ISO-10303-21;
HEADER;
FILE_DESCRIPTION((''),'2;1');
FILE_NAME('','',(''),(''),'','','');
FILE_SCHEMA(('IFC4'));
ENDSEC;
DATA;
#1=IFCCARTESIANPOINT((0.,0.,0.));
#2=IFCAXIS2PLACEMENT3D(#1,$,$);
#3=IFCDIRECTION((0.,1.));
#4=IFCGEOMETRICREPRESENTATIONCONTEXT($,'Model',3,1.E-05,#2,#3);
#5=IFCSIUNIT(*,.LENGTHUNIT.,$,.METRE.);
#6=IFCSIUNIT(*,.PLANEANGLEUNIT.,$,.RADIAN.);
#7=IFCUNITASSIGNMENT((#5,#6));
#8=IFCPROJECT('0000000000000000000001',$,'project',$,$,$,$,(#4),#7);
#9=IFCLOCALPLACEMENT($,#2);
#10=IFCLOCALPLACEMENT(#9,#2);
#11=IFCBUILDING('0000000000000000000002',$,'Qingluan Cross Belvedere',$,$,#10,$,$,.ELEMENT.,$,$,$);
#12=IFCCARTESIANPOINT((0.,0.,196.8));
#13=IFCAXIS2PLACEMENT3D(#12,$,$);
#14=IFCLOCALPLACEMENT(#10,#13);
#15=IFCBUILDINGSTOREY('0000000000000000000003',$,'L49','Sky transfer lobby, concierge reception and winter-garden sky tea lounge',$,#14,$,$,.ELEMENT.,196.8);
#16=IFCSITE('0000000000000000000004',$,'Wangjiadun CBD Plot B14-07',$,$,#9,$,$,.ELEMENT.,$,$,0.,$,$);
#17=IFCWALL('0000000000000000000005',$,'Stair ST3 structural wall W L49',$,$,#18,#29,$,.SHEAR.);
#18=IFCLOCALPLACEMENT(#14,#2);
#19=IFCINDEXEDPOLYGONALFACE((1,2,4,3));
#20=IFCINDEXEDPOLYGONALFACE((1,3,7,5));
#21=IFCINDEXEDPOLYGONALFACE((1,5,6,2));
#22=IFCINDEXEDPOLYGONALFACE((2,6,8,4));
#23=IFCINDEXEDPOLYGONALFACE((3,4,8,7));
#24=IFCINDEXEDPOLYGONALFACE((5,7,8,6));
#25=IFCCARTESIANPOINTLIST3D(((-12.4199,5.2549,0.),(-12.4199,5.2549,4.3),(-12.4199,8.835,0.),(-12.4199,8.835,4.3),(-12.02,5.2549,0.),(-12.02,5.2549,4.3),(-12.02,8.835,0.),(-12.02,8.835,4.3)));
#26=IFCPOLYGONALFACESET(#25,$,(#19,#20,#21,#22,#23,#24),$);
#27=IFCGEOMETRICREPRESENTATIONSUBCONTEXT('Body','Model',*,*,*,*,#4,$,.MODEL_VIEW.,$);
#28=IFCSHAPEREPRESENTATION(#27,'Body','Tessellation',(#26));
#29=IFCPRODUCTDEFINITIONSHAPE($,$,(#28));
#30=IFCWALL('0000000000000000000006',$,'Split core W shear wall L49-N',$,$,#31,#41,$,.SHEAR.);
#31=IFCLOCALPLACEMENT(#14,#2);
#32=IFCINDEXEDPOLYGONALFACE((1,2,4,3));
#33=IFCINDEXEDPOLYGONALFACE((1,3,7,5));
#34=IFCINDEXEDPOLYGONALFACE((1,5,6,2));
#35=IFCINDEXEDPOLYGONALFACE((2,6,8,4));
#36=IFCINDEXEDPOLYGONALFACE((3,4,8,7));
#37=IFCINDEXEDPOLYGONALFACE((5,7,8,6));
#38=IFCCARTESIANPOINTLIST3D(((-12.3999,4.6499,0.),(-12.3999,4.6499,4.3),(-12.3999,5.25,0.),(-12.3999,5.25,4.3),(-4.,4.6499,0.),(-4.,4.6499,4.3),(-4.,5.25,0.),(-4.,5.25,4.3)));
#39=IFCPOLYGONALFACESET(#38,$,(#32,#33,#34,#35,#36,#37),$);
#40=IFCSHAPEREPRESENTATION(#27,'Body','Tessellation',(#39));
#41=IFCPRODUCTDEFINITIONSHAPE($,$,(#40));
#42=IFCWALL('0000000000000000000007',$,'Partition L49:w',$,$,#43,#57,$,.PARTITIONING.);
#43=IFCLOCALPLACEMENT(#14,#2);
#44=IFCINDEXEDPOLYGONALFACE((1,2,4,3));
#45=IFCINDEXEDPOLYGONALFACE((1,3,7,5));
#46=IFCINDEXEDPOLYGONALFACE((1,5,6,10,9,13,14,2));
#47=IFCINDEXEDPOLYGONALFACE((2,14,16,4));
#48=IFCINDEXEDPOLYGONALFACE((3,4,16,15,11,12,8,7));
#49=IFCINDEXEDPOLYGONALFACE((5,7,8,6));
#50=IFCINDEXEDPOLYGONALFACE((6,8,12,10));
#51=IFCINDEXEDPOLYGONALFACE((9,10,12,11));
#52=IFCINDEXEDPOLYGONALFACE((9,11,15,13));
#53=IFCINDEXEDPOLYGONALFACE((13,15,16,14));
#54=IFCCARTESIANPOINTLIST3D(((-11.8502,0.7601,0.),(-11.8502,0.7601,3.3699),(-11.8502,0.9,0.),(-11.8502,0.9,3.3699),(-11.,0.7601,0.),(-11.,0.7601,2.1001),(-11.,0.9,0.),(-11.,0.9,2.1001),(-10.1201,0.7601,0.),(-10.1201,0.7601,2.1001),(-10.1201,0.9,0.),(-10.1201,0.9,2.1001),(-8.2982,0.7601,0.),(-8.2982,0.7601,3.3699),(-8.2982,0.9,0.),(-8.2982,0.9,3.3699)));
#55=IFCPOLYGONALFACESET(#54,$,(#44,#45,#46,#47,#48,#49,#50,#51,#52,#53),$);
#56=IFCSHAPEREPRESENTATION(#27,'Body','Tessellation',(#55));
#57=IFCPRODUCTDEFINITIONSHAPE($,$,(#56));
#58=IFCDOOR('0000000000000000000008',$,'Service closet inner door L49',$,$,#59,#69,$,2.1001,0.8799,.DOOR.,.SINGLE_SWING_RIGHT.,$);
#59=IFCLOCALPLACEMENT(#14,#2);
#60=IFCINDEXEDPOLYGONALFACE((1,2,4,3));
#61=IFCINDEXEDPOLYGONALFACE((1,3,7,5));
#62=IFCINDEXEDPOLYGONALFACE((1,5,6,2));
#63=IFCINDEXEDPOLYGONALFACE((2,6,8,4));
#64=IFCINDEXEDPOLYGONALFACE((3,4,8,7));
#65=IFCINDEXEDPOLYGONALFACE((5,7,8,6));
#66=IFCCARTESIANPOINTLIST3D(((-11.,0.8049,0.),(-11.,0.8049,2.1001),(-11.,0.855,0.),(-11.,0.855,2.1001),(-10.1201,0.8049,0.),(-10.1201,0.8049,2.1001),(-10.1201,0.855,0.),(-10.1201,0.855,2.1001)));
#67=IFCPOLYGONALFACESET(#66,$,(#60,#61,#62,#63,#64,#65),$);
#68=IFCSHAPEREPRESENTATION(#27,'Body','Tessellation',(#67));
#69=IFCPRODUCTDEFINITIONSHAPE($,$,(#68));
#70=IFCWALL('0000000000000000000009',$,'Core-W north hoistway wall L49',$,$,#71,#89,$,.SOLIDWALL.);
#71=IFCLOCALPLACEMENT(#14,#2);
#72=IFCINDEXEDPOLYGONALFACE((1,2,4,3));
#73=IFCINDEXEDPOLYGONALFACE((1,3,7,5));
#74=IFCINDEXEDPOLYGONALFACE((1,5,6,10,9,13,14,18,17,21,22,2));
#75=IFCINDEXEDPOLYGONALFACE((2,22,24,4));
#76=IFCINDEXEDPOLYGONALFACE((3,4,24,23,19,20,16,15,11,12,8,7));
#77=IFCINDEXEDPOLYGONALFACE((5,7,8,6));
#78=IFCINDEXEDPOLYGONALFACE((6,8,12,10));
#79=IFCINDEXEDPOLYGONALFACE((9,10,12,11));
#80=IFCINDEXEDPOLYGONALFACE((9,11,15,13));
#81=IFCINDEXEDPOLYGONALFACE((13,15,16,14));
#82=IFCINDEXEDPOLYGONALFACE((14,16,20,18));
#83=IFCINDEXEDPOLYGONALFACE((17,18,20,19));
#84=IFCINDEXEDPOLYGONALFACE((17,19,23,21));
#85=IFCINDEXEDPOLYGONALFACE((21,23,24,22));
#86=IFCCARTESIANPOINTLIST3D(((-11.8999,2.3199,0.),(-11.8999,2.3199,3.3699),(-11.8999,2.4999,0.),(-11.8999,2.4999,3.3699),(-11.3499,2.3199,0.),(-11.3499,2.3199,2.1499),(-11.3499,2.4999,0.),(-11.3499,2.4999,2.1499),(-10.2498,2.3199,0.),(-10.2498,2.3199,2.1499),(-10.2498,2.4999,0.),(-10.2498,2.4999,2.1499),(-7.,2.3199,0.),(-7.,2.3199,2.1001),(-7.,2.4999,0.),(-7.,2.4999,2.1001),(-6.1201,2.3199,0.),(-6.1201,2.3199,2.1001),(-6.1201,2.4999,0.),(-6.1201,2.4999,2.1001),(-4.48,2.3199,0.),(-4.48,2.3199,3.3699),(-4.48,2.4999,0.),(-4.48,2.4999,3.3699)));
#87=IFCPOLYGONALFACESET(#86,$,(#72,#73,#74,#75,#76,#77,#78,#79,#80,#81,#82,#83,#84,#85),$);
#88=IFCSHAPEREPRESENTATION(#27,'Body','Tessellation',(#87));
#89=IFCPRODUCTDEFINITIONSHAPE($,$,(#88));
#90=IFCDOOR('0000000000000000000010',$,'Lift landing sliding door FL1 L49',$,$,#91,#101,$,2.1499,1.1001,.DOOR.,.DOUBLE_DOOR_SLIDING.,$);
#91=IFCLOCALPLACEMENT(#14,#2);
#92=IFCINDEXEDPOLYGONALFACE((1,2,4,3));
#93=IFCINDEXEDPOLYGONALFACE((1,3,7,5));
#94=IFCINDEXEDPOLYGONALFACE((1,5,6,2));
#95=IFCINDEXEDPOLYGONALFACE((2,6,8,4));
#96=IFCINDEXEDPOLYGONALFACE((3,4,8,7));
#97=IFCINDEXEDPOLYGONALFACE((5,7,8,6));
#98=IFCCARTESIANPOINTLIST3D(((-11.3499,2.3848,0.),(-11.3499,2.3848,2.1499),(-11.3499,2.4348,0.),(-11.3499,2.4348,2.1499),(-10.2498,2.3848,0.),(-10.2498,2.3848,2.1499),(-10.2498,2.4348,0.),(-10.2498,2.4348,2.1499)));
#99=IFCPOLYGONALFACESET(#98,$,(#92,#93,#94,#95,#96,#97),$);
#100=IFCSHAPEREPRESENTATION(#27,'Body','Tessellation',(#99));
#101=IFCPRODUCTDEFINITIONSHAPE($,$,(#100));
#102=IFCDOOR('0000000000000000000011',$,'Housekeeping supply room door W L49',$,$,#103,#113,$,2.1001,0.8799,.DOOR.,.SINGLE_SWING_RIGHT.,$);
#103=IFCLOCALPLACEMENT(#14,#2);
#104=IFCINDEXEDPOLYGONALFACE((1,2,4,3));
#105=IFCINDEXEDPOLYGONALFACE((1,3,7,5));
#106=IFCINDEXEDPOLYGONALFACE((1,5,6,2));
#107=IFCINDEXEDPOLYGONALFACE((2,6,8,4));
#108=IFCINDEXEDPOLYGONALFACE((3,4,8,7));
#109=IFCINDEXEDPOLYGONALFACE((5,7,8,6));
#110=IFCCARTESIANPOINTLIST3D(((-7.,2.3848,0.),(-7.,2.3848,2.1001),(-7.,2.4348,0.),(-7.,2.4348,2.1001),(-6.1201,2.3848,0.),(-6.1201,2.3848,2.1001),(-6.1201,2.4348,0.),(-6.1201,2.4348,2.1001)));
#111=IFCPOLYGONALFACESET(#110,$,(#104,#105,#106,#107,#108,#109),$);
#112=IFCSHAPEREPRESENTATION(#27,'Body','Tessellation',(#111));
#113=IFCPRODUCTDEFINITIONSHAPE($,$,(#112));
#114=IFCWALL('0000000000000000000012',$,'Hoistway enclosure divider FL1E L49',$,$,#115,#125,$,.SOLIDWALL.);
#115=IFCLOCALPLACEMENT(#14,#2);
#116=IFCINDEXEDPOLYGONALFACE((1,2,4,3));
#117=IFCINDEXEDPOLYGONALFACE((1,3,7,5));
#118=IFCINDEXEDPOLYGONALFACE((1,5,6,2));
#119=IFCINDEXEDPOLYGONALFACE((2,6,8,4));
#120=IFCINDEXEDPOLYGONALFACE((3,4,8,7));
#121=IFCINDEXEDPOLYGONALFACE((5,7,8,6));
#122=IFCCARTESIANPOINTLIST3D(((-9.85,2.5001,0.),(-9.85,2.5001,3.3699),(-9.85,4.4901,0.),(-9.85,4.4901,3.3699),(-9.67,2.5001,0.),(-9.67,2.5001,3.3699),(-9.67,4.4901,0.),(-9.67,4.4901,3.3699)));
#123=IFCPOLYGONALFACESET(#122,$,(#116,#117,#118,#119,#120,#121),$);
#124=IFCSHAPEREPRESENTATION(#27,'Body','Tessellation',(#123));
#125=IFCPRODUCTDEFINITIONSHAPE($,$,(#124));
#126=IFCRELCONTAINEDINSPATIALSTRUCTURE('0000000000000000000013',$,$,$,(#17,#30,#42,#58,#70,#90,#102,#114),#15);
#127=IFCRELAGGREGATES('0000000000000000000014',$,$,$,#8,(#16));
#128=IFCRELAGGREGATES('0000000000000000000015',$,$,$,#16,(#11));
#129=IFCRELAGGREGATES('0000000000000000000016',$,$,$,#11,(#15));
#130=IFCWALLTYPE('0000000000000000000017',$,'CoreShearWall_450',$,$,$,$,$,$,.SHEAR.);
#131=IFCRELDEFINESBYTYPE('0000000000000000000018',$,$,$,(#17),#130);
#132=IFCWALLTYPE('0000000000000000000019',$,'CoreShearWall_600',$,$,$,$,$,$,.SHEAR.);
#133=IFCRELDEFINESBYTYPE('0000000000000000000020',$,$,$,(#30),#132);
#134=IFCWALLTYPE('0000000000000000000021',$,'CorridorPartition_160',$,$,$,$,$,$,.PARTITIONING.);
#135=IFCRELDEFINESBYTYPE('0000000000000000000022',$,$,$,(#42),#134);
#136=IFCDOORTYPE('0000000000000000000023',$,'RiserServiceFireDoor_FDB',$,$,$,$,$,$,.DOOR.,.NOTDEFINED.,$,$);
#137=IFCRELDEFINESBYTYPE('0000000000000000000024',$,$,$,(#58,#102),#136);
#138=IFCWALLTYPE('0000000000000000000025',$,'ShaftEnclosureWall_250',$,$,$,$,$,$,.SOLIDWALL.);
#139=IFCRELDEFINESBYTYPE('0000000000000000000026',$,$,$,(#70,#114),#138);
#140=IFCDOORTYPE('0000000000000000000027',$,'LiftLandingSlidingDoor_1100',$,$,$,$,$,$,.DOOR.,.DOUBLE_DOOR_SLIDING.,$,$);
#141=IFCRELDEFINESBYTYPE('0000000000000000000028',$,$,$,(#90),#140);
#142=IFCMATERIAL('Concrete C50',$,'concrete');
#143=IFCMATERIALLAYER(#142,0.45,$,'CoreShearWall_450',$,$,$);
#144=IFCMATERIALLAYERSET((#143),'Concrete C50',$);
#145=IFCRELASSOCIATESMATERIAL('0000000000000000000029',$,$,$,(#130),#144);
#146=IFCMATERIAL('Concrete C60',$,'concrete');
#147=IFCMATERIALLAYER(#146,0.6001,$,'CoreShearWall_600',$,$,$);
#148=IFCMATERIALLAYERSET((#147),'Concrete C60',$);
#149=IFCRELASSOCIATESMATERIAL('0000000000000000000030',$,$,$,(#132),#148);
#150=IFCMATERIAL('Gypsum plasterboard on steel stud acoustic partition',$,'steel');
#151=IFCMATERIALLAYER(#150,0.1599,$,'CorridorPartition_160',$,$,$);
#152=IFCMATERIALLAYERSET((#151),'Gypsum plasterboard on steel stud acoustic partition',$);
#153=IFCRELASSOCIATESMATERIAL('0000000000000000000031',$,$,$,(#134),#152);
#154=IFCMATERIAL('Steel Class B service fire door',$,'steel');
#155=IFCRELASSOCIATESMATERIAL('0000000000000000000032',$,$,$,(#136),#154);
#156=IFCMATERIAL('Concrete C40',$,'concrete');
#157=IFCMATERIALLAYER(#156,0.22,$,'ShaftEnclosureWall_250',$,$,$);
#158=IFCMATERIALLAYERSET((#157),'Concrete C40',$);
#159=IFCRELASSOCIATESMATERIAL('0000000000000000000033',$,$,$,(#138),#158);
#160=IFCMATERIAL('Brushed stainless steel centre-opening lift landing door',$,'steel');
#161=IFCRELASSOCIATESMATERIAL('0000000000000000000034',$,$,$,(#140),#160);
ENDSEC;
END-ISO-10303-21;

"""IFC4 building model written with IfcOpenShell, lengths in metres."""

from ifc_helpers import new_model, si_unit, direction, frame, frame_2d, origin, place, context, subcontext, project, spatial, rectangle, extrude, material, layer, layer_set, type_object, element, fill, save


model = new_model("IFC4")

# Units and contexts
model_context = context("Model", 3, precision=1e-05, world=origin(), true_north=direction((0.0, 1.0)))
body_context = subcontext(model_context, "Body", "Model", "MODEL_VIEW")
ifc_project = project(units=[si_unit("LENGTHUNIT", "METRE"), si_unit("PLANEANGLEUNIT", "RADIAN")], contexts=[model_context])

# Site, building, storey
site_placement = place(None, origin())
site = spatial("IfcSite", under=ifc_project, at=site_placement, Name="Wangjiadun CBD Plot B14-07", CompositionType="ELEMENT", RefElevation=0.0)
building_placement = place(site_placement, origin())
building = spatial("IfcBuilding", under=site, at=building_placement, Name="Qingluan Cross Belvedere", CompositionType="ELEMENT")
storey_placement = place(building_placement, frame((0.0, 0.0, 196.8)))
storey = spatial("IfcBuildingStorey", under=building, at=storey_placement, Name="L49", Description="Sky transfer lobby, concierge reception and winter-garden sky tea lounge", CompositionType="ELEMENT", Elevation=196.8)

# Wall
ifc_material_1 = material(Name="Concrete C50", Category="concrete")
ifc_layer_1 = layer(ifc_material_1, 0.45, Name="CoreShearWall_450")
ifc_layer_set_1 = layer_set([ifc_layer_1], Name="Concrete C50")
wall_type_1 = type_object("IfcWallType", Name="CoreShearWall_450", PredefinedType="SHEAR", material=ifc_layer_set_1)
wall_1_placement = place(storey_placement, frame((-12.22, 5.2549, 0.0), z_axis=(0.0, 0.0, 1.0), x_axis=(0.0, 1.0, 0.0)))
element("IfcWall", 1, at=wall_1_placement, inside=storey, type_object=wall_type_1, Name="Stair ST3 structural wall W L49", PredefinedType="SHEAR", context=body_context, shape_type="SweptSolid", body=[
    extrude(rectangle(XDim=3.5801, YDim=0.3999, at=frame_2d((1.79, 0.0))), origin(), (0.0, 0.0, 1.0), 4.3),
])

# Wall
ifc_material_2 = material(Name="Concrete C60", Category="concrete")
ifc_layer_2 = layer(ifc_material_2, 0.6001, Name="CoreShearWall_600")
ifc_layer_set_2 = layer_set([ifc_layer_2], Name="Concrete C60")
wall_type_2 = type_object("IfcWallType", Name="CoreShearWall_600", PredefinedType="SHEAR", material=ifc_layer_set_2)
wall_2_placement = place(storey_placement, frame((-12.3999, 4.95, 0.0), z_axis=(0.0, 0.0, 1.0), x_axis=(1.0, 0.0, 0.0)))
element("IfcWall", 2, at=wall_2_placement, inside=storey, type_object=wall_type_2, Name="Split core W shear wall L49-N", PredefinedType="SHEAR", context=body_context, shape_type="SweptSolid", body=[
    extrude(rectangle(XDim=8.3999, YDim=0.6001, at=frame_2d((4.2, 0.0))), origin(), (0.0, 0.0, 1.0), 4.3),
])

# Wall, opening, door
ifc_material_3 = material(Name="Gypsum plasterboard on steel stud acoustic partition", Category="steel")
ifc_layer_3 = layer(ifc_material_3, 0.1599, Name="CorridorPartition_160")
ifc_layer_set_3 = layer_set([ifc_layer_3], Name="Gypsum plasterboard on steel stud acoustic partition")
wall_type_3 = type_object("IfcWallType", Name="CorridorPartition_160", PredefinedType="PARTITIONING", material=ifc_layer_set_3)
wall_3_placement = place(storey_placement, frame((-11.8501, 0.8301, 0.0), z_axis=(0.0, 0.0, 1.0), x_axis=(1.0, 0.0, 0.0)))
wall_3 = element("IfcWall", 3, at=wall_3_placement, inside=storey, type_object=wall_type_3, Name="Partition L49:w", PredefinedType="PARTITIONING", context=body_context, shape_type="SweptSolid", body=[
    extrude(rectangle(XDim=3.552, YDim=0.1399, at=frame_2d((1.7759, 0.0))), origin(), (0.0, 0.0, 1.0), 3.3699),
])
opening_1_placement = place(wall_3_placement, frame((0.8501, 0.0, 0.0)))
opening_1 = element("IfcOpeningElement", 4, at=opening_1_placement, cuts=wall_3, PredefinedType="OPENING", context=body_context, shape_type="SweptSolid", body=[
    extrude(rectangle(XDim=0.8799, YDim=2.1001, at=frame_2d((0.4399, 1.05))), frame((0.0, 0.0798, 0.0), z_axis=(0.0, -1.0, 0.0), x_axis=(1.0, 0.0, 0.0)), (0.0, 0.0, 1.0), 0.1599),
])
ifc_material_4 = material(Name="Steel Class B service fire door", Category="steel")
door_type_1 = type_object("IfcDoorType", Name="RiserServiceFireDoor_FDB", OperationType="NOTDEFINED", PredefinedType="DOOR", material=ifc_material_4)
door_1_placement = place(opening_1_placement, origin())
door_1 = element("IfcDoor", 5, at=door_1_placement, inside=storey, type_object=door_type_1, Name="Service closet inner door L49", OperationType="SINGLE_SWING_RIGHT", OverallHeight=2.1001, OverallWidth=0.8799, PredefinedType="DOOR", context=body_context, shape_type="SweptSolid", body=[
    extrude(rectangle(XDim=0.8799, YDim=2.1001, at=frame_2d((0.4399, 1.05))), frame((0.0, 0.0249, 0.0), z_axis=(0.0, -1.0, 0.0), x_axis=(1.0, 0.0, 0.0)), (0.0, 0.0, 1.0), 0.05),
])
fill(opening_1, door_1)

# Wall, openings, doors
ifc_material_5 = material(Name="Concrete C40", Category="concrete")
ifc_layer_4 = layer(ifc_material_5, 0.22, Name="ShaftEnclosureWall_250")
ifc_layer_set_4 = layer_set([ifc_layer_4], Name="Concrete C40")
wall_type_4 = type_object("IfcWallType", Name="ShaftEnclosureWall_250", PredefinedType="SOLIDWALL", material=ifc_layer_set_4)
wall_4_placement = place(storey_placement, frame((-11.8999, 2.4099, 0.0), z_axis=(0.0, 0.0, 1.0), x_axis=(1.0, 0.0, 0.0)))
wall_4 = element("IfcWall", 6, at=wall_4_placement, inside=storey, type_object=wall_type_4, Name="Core-W north hoistway wall L49", PredefinedType="SOLIDWALL", context=body_context, shape_type="SweptSolid", body=[
    extrude(rectangle(XDim=7.4199, YDim=0.1799, at=frame_2d((3.71, 0.0))), origin(), (0.0, 0.0, 1.0), 3.3699),
])
opening_2_placement = place(wall_4_placement, frame((0.55, 0.0, 0.0)))
opening_2 = element("IfcOpeningElement", 7, at=opening_2_placement, cuts=wall_4, PredefinedType="OPENING", context=body_context, shape_type="SweptSolid", body=[
    extrude(rectangle(XDim=1.1001, YDim=2.1499, at=frame_2d((0.55, 1.075))), frame((0.0, 0.0999, 0.0), z_axis=(0.0, -1.0, 0.0), x_axis=(1.0, 0.0, 0.0)), (0.0, 0.0, 1.0), 0.2),
])
opening_3_placement = place(wall_4_placement, frame((4.8999, 0.0, 0.0)))
opening_3 = element("IfcOpeningElement", 8, at=opening_3_placement, cuts=wall_4, PredefinedType="OPENING", context=body_context, shape_type="SweptSolid", body=[
    extrude(rectangle(XDim=0.8799, YDim=2.1001, at=frame_2d((0.4399, 1.05))), frame((0.0, 0.0999, 0.0), z_axis=(0.0, -1.0, 0.0), x_axis=(1.0, 0.0, 0.0)), (0.0, 0.0, 1.0), 0.2),
])
ifc_material_6 = material(Name="Brushed stainless steel centre-opening lift landing door", Category="steel")
door_type_2 = type_object("IfcDoorType", Name="LiftLandingSlidingDoor_1100", OperationType="DOUBLE_DOOR_SLIDING", PredefinedType="DOOR", material=ifc_material_6)
door_2_placement = place(opening_2_placement, origin())
door_2 = element("IfcDoor", 9, at=door_2_placement, inside=storey, type_object=door_type_2, Name="Lift landing sliding door FL1 L49", OperationType="DOUBLE_DOOR_SLIDING", OverallHeight=2.1499, OverallWidth=1.1001, PredefinedType="DOOR", context=body_context, shape_type="SweptSolid", body=[
    extrude(rectangle(XDim=1.1001, YDim=2.1499, at=frame_2d((0.55, 1.075))), frame((0.0, 0.0249, 0.0), z_axis=(0.0, -1.0, 0.0), x_axis=(1.0, 0.0, 0.0)), (0.0, 0.0, 1.0), 0.05),
])
fill(opening_2, door_2)
door_3_placement = place(opening_3_placement, origin())
door_3 = element("IfcDoor", 10, at=door_3_placement, inside=storey, type_object=door_type_1, Name="Housekeeping supply room door W L49", OperationType="SINGLE_SWING_RIGHT", OverallHeight=2.1001, OverallWidth=0.8799, PredefinedType="DOOR", context=body_context, shape_type="SweptSolid", body=[
    extrude(rectangle(XDim=0.8799, YDim=2.1001, at=frame_2d((0.4399, 1.05))), frame((0.0, 0.0249, 0.0), z_axis=(0.0, -1.0, 0.0), x_axis=(1.0, 0.0, 0.0)), (0.0, 0.0, 1.0), 0.05),
])
fill(opening_3, door_3)

# Wall
wall_5_placement = place(storey_placement, frame((-9.76, 2.5, 0.0), z_axis=(0.0, 0.0, 1.0), x_axis=(0.0, 1.0, 0.0)))
element("IfcWall", 11, at=wall_5_placement, inside=storey, type_object=wall_type_4, Name="Hoistway enclosure divider FL1E L49", PredefinedType="SOLIDWALL", context=body_context, shape_type="SweptSolid", body=[
    extrude(rectangle(XDim=1.99, YDim=0.1799, at=frame_2d((0.9951, 0.0))), origin(), (0.0, 0.0, 1.0), 3.3699),
])

save(model, "model.ifc")
